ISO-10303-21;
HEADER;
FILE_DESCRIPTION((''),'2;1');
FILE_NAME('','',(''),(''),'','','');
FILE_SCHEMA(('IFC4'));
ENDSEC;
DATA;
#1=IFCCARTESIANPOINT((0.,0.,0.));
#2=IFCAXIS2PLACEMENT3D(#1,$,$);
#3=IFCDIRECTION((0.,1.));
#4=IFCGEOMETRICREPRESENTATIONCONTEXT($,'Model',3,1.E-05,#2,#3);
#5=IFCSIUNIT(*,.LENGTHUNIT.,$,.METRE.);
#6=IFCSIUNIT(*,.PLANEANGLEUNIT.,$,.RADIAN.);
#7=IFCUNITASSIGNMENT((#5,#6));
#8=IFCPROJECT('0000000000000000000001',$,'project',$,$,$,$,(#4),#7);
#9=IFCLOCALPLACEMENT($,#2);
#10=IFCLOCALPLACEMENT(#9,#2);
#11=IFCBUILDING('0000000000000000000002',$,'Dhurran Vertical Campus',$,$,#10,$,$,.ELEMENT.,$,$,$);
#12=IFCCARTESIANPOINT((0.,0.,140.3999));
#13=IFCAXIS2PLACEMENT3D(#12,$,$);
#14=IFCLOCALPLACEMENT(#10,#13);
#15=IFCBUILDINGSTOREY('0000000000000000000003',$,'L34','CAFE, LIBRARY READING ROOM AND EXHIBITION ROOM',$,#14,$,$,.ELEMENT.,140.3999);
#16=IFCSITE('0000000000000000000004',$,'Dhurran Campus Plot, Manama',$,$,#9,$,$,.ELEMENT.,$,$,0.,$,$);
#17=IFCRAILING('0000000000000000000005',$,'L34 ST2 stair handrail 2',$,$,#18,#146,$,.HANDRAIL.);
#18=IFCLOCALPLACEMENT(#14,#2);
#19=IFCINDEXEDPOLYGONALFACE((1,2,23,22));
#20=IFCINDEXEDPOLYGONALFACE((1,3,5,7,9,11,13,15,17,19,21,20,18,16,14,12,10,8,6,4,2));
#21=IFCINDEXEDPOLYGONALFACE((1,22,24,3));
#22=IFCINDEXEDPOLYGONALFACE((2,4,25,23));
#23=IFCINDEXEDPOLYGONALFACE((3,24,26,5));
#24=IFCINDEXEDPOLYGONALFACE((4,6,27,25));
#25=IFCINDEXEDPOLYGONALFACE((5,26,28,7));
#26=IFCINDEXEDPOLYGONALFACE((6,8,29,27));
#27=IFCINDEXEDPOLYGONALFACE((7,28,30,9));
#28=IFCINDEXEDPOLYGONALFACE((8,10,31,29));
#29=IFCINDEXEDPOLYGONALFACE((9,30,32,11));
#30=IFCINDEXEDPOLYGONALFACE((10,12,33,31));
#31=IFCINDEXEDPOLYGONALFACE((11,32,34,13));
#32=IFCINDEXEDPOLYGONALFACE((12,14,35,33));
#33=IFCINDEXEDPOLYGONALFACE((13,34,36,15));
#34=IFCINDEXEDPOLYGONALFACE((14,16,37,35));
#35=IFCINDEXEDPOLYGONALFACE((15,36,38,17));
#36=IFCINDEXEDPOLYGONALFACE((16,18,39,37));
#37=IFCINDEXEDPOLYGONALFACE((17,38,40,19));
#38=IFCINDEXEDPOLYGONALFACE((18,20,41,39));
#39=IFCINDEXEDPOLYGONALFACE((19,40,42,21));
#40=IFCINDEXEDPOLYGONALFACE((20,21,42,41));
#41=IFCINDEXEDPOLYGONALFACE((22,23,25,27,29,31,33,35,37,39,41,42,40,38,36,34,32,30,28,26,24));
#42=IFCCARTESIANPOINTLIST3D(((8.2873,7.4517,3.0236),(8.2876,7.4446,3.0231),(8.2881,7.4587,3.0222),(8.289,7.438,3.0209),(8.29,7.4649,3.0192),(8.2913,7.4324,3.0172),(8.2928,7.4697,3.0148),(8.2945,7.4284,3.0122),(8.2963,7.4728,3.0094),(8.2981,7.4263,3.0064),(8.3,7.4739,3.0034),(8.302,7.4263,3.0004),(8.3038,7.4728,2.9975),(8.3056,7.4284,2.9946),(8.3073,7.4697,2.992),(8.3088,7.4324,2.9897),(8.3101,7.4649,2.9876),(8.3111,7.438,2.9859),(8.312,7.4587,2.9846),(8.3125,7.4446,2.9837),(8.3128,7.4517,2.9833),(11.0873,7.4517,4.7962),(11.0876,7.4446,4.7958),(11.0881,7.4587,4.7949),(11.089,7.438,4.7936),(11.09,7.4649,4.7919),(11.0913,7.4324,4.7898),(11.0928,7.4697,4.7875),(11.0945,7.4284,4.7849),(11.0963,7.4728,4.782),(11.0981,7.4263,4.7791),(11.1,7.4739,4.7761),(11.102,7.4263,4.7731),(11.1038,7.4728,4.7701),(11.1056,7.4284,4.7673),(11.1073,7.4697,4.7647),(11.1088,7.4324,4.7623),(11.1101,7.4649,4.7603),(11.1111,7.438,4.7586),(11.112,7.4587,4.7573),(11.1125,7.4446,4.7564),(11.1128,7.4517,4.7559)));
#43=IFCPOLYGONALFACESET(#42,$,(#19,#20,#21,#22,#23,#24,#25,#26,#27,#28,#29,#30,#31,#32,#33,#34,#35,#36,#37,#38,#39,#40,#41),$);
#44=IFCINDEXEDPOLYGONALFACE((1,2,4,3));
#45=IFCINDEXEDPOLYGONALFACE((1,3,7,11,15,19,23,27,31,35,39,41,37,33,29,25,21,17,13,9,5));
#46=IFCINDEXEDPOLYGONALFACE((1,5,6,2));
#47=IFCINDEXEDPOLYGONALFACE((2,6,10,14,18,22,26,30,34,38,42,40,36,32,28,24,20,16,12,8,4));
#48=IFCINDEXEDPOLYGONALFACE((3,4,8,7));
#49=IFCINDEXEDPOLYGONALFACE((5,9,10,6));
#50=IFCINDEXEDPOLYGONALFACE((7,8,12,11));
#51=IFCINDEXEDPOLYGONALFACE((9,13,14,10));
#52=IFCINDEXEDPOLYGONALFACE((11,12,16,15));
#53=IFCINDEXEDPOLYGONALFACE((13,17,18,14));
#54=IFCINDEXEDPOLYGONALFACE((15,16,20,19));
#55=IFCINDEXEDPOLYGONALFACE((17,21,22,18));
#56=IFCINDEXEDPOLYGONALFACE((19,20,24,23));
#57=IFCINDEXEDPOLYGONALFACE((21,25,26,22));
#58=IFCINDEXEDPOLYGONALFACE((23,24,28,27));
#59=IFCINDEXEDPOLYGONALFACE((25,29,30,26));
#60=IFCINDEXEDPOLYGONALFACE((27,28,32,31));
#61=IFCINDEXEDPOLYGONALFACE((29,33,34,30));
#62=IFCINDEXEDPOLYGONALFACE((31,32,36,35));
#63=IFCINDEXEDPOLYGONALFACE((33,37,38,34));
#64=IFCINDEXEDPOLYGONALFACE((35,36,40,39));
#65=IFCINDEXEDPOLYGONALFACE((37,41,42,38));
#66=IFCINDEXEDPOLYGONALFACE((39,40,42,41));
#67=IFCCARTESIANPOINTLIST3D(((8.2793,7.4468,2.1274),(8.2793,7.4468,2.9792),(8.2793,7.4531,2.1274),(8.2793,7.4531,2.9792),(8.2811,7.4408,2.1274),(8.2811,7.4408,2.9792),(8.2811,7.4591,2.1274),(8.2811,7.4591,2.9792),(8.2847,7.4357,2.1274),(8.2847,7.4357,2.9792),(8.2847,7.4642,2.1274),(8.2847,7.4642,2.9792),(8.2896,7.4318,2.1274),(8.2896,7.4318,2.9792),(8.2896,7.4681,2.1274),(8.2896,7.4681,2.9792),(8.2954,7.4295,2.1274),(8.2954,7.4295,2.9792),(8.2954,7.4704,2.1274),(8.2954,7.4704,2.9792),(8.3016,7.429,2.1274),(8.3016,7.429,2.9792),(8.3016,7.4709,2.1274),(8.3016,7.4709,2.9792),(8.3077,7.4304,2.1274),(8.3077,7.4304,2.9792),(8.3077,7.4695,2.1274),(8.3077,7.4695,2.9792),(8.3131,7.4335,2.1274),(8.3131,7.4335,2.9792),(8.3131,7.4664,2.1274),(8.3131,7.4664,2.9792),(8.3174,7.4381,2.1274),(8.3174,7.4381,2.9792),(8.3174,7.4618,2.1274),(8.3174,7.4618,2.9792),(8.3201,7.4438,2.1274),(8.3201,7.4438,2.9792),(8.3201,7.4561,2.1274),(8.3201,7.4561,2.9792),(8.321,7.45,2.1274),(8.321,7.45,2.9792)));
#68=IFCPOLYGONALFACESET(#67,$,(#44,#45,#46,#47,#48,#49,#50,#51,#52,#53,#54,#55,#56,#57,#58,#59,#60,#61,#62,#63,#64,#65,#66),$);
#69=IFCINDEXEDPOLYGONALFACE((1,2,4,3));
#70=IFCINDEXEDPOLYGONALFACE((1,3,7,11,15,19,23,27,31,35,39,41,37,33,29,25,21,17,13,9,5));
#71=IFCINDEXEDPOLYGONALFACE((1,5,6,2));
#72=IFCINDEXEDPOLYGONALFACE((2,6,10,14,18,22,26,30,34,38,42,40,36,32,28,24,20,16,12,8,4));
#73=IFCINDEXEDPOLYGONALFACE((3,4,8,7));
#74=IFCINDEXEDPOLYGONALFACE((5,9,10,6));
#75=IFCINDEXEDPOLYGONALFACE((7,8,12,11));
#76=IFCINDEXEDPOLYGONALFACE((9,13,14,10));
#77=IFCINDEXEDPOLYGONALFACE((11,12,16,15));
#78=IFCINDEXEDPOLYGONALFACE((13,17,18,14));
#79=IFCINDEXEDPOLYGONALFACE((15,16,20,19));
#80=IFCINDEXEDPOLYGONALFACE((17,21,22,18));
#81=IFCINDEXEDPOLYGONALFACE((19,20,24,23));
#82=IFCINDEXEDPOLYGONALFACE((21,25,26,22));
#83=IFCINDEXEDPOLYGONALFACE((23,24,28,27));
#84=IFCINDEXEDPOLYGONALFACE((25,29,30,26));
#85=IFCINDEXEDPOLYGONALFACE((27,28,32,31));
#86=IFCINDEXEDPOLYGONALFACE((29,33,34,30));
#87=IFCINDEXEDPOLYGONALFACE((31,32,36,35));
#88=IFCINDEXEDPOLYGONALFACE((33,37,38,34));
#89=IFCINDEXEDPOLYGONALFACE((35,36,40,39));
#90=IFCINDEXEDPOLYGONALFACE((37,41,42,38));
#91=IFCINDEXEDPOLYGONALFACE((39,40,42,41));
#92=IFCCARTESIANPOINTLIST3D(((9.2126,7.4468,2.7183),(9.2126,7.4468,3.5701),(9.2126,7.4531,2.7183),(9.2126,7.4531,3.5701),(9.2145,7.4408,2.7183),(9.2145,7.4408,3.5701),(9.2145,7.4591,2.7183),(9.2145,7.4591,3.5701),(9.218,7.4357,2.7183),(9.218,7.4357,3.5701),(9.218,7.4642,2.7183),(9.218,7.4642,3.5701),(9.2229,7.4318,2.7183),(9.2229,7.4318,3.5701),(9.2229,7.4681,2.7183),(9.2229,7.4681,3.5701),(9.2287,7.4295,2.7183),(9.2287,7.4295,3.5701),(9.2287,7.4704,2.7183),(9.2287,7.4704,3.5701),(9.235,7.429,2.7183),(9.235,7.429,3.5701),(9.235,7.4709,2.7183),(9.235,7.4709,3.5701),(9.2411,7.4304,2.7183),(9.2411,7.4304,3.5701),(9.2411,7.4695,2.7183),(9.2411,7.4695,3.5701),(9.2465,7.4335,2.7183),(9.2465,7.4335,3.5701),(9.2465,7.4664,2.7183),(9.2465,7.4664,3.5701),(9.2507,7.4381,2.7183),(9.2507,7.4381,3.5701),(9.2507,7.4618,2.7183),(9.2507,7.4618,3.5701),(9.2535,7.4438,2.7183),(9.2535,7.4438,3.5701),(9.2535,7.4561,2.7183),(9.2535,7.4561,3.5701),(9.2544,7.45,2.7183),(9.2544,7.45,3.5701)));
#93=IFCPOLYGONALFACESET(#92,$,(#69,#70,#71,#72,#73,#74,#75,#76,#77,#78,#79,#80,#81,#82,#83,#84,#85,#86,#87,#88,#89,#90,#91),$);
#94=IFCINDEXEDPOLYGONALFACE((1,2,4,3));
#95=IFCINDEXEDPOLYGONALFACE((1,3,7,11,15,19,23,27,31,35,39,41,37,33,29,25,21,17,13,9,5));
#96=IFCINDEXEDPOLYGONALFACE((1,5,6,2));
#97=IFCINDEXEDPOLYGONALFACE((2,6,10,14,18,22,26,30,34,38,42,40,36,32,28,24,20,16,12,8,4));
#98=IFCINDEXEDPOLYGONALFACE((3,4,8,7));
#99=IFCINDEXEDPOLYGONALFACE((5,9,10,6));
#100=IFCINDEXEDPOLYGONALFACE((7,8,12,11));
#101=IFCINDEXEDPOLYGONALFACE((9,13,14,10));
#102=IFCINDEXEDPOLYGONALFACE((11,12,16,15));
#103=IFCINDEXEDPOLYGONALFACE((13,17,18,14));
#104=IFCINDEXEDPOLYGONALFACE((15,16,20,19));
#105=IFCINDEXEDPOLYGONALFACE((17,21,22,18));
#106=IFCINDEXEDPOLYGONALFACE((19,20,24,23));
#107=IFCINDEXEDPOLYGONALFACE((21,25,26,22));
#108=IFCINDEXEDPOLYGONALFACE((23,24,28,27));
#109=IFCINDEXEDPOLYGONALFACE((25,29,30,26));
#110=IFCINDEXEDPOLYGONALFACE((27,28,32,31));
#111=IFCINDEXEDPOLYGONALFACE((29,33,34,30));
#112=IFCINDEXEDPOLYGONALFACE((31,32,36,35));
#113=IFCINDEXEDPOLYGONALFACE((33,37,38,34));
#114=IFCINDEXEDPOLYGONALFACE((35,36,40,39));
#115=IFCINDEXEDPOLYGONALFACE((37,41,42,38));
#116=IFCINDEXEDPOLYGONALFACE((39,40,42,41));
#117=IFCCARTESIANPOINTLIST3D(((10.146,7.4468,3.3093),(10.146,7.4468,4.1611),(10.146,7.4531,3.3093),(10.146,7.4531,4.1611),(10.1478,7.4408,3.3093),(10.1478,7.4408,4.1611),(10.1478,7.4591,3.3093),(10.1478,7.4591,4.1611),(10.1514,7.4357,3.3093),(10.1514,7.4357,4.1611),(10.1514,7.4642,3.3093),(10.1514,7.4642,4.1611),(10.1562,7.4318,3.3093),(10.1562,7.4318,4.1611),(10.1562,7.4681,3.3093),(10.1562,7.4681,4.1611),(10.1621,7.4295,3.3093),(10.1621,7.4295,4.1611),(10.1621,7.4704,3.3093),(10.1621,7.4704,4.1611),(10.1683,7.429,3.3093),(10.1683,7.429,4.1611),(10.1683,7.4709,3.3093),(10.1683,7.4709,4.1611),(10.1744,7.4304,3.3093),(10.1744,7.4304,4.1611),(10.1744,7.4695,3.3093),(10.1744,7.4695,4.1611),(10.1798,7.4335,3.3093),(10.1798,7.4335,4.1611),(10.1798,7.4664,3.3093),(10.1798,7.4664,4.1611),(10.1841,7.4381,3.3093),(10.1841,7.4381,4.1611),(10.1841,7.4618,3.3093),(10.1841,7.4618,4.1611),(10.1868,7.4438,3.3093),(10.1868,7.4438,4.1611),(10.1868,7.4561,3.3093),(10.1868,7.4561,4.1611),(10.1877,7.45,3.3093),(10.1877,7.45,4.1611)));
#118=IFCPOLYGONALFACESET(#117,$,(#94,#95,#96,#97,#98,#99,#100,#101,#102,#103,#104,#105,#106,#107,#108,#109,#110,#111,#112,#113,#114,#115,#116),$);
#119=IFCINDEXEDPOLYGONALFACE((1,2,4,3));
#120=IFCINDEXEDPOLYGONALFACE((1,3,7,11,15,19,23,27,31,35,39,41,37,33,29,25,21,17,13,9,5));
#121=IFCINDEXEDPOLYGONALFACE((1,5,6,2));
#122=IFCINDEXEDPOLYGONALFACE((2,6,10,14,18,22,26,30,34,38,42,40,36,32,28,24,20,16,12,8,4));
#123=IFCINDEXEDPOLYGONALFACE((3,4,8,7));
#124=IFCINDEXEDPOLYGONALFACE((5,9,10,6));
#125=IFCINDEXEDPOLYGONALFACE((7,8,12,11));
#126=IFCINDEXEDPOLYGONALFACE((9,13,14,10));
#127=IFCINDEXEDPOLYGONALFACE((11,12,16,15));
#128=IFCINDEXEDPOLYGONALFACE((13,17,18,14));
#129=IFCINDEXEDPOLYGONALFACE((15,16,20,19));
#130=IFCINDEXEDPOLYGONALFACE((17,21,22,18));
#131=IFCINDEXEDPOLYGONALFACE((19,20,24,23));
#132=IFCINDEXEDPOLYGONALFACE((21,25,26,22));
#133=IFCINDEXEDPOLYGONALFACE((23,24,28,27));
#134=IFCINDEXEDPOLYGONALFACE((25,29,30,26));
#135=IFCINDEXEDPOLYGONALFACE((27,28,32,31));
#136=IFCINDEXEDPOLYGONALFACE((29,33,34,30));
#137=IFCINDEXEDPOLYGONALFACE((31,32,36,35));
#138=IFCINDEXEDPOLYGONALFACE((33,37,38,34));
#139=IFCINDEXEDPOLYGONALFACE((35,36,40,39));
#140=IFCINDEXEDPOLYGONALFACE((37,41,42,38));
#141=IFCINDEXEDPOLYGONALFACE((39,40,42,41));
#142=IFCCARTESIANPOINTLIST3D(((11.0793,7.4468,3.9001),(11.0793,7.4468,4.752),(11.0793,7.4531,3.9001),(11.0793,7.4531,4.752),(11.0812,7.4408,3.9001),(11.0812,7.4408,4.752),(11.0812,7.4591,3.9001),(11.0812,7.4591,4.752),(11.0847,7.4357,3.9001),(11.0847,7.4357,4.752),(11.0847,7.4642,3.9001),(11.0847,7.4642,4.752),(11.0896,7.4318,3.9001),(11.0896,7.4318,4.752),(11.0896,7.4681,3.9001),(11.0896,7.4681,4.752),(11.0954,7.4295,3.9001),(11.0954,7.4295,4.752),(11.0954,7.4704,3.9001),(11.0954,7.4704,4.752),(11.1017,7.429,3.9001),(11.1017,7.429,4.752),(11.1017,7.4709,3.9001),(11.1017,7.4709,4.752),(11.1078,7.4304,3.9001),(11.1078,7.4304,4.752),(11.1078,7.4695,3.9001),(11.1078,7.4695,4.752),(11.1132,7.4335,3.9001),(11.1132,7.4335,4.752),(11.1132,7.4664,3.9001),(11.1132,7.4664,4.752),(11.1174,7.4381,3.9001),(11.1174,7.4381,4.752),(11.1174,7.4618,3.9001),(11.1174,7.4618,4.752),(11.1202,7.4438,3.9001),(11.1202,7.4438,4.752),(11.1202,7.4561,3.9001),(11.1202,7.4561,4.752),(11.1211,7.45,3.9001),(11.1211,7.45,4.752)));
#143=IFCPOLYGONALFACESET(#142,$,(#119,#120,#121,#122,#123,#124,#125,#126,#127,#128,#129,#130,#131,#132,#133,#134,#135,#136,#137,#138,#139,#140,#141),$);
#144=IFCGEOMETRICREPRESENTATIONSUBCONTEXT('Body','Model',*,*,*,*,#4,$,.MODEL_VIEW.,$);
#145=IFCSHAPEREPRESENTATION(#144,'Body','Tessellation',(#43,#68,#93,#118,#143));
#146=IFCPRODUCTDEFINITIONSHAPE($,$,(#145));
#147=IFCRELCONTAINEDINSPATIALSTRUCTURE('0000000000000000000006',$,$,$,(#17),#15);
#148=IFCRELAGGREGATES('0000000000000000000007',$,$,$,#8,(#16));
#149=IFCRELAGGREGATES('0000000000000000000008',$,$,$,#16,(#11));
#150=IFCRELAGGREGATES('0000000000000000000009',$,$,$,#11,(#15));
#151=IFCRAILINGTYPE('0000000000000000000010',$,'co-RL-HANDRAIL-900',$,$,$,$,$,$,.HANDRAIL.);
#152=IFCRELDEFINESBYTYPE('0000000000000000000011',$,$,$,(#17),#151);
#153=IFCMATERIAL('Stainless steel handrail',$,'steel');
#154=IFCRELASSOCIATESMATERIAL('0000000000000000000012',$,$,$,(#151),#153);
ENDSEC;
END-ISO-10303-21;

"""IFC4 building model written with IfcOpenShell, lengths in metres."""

from ifc_helpers import new_model, si_unit, direction, frame, origin, origin_2d, place, context, subcontext, project, spatial, circle, extrude, material, type_object, element, save


model = new_model("IFC4")

# Units and contexts
model_context = context("Model", 3, precision=1e-05, world=origin(), true_north=direction((0.0, 1.0)))
body_context = subcontext(model_context, "Body", "Model", "MODEL_VIEW")
ifc_project = project(units=[si_unit("LENGTHUNIT", "METRE"), si_unit("PLANEANGLEUNIT", "RADIAN")], contexts=[model_context])

# Site, building, storey
site_placement = place(None, origin())
site = spatial("IfcSite", under=ifc_project, at=site_placement, Name="Dhurran Campus Plot, Manama", CompositionType="ELEMENT", RefElevation=0.0)
building_placement = place(site_placement, origin())
building = spatial("IfcBuilding", under=site, at=building_placement, Name="Dhurran Vertical Campus", CompositionType="ELEMENT")
storey_placement = place(building_placement, frame((0.0, 0.0, 140.3999)))
storey = spatial("IfcBuildingStorey", under=building, at=storey_placement, Name="L34", Description="CAFE, LIBRARY READING ROOM AND EXHIBITION ROOM", CompositionType="ELEMENT", Elevation=140.3999)

# Railing
ifc_material_1 = material(Name="Stainless steel handrail", Category="steel")
railing_type_1 = type_object("IfcRailingType", Name="co-RL-HANDRAIL-900", PredefinedType="HANDRAIL", material=ifc_material_1)
railing_1_placement = place(storey_placement, frame((8.3, 7.45, 2.1274)))
element("IfcRailing", 1, at=railing_1_placement, inside=storey, type_object=railing_type_1, Name="L34 ST2 stair handrail 2", PredefinedType="HANDRAIL", context=body_context, shape_type="SweptSolid", body=[
    extrude(circle(Radius=0.0239, at=origin_2d()), frame((0.0, 0.0, 0.876), z_axis=(0.844909, 0.0, 0.53491), x_axis=(0.0, 1.0, 0.0)), (0.0, 0.0, 1.0), 3.314),
    extrude(circle(Radius=0.021, at=origin_2d()), origin(), (0.0, 0.0, 1.0), 0.8518),
    extrude(circle(Radius=0.021, at=origin_2d()), frame((0.9333, 0.0, 0.5908)), (0.0, 0.0, 1.0), 0.8518),
    extrude(circle(Radius=0.021, at=origin_2d()), frame((1.8667, 0.0, 1.1819)), (0.0, 0.0, 1.0), 0.8518),
    extrude(circle(Radius=0.021, at=origin_2d()), frame((2.8, 0.0, 1.7727)), (0.0, 0.0, 1.0), 0.8518),
])

save(model, "model.ifc")
